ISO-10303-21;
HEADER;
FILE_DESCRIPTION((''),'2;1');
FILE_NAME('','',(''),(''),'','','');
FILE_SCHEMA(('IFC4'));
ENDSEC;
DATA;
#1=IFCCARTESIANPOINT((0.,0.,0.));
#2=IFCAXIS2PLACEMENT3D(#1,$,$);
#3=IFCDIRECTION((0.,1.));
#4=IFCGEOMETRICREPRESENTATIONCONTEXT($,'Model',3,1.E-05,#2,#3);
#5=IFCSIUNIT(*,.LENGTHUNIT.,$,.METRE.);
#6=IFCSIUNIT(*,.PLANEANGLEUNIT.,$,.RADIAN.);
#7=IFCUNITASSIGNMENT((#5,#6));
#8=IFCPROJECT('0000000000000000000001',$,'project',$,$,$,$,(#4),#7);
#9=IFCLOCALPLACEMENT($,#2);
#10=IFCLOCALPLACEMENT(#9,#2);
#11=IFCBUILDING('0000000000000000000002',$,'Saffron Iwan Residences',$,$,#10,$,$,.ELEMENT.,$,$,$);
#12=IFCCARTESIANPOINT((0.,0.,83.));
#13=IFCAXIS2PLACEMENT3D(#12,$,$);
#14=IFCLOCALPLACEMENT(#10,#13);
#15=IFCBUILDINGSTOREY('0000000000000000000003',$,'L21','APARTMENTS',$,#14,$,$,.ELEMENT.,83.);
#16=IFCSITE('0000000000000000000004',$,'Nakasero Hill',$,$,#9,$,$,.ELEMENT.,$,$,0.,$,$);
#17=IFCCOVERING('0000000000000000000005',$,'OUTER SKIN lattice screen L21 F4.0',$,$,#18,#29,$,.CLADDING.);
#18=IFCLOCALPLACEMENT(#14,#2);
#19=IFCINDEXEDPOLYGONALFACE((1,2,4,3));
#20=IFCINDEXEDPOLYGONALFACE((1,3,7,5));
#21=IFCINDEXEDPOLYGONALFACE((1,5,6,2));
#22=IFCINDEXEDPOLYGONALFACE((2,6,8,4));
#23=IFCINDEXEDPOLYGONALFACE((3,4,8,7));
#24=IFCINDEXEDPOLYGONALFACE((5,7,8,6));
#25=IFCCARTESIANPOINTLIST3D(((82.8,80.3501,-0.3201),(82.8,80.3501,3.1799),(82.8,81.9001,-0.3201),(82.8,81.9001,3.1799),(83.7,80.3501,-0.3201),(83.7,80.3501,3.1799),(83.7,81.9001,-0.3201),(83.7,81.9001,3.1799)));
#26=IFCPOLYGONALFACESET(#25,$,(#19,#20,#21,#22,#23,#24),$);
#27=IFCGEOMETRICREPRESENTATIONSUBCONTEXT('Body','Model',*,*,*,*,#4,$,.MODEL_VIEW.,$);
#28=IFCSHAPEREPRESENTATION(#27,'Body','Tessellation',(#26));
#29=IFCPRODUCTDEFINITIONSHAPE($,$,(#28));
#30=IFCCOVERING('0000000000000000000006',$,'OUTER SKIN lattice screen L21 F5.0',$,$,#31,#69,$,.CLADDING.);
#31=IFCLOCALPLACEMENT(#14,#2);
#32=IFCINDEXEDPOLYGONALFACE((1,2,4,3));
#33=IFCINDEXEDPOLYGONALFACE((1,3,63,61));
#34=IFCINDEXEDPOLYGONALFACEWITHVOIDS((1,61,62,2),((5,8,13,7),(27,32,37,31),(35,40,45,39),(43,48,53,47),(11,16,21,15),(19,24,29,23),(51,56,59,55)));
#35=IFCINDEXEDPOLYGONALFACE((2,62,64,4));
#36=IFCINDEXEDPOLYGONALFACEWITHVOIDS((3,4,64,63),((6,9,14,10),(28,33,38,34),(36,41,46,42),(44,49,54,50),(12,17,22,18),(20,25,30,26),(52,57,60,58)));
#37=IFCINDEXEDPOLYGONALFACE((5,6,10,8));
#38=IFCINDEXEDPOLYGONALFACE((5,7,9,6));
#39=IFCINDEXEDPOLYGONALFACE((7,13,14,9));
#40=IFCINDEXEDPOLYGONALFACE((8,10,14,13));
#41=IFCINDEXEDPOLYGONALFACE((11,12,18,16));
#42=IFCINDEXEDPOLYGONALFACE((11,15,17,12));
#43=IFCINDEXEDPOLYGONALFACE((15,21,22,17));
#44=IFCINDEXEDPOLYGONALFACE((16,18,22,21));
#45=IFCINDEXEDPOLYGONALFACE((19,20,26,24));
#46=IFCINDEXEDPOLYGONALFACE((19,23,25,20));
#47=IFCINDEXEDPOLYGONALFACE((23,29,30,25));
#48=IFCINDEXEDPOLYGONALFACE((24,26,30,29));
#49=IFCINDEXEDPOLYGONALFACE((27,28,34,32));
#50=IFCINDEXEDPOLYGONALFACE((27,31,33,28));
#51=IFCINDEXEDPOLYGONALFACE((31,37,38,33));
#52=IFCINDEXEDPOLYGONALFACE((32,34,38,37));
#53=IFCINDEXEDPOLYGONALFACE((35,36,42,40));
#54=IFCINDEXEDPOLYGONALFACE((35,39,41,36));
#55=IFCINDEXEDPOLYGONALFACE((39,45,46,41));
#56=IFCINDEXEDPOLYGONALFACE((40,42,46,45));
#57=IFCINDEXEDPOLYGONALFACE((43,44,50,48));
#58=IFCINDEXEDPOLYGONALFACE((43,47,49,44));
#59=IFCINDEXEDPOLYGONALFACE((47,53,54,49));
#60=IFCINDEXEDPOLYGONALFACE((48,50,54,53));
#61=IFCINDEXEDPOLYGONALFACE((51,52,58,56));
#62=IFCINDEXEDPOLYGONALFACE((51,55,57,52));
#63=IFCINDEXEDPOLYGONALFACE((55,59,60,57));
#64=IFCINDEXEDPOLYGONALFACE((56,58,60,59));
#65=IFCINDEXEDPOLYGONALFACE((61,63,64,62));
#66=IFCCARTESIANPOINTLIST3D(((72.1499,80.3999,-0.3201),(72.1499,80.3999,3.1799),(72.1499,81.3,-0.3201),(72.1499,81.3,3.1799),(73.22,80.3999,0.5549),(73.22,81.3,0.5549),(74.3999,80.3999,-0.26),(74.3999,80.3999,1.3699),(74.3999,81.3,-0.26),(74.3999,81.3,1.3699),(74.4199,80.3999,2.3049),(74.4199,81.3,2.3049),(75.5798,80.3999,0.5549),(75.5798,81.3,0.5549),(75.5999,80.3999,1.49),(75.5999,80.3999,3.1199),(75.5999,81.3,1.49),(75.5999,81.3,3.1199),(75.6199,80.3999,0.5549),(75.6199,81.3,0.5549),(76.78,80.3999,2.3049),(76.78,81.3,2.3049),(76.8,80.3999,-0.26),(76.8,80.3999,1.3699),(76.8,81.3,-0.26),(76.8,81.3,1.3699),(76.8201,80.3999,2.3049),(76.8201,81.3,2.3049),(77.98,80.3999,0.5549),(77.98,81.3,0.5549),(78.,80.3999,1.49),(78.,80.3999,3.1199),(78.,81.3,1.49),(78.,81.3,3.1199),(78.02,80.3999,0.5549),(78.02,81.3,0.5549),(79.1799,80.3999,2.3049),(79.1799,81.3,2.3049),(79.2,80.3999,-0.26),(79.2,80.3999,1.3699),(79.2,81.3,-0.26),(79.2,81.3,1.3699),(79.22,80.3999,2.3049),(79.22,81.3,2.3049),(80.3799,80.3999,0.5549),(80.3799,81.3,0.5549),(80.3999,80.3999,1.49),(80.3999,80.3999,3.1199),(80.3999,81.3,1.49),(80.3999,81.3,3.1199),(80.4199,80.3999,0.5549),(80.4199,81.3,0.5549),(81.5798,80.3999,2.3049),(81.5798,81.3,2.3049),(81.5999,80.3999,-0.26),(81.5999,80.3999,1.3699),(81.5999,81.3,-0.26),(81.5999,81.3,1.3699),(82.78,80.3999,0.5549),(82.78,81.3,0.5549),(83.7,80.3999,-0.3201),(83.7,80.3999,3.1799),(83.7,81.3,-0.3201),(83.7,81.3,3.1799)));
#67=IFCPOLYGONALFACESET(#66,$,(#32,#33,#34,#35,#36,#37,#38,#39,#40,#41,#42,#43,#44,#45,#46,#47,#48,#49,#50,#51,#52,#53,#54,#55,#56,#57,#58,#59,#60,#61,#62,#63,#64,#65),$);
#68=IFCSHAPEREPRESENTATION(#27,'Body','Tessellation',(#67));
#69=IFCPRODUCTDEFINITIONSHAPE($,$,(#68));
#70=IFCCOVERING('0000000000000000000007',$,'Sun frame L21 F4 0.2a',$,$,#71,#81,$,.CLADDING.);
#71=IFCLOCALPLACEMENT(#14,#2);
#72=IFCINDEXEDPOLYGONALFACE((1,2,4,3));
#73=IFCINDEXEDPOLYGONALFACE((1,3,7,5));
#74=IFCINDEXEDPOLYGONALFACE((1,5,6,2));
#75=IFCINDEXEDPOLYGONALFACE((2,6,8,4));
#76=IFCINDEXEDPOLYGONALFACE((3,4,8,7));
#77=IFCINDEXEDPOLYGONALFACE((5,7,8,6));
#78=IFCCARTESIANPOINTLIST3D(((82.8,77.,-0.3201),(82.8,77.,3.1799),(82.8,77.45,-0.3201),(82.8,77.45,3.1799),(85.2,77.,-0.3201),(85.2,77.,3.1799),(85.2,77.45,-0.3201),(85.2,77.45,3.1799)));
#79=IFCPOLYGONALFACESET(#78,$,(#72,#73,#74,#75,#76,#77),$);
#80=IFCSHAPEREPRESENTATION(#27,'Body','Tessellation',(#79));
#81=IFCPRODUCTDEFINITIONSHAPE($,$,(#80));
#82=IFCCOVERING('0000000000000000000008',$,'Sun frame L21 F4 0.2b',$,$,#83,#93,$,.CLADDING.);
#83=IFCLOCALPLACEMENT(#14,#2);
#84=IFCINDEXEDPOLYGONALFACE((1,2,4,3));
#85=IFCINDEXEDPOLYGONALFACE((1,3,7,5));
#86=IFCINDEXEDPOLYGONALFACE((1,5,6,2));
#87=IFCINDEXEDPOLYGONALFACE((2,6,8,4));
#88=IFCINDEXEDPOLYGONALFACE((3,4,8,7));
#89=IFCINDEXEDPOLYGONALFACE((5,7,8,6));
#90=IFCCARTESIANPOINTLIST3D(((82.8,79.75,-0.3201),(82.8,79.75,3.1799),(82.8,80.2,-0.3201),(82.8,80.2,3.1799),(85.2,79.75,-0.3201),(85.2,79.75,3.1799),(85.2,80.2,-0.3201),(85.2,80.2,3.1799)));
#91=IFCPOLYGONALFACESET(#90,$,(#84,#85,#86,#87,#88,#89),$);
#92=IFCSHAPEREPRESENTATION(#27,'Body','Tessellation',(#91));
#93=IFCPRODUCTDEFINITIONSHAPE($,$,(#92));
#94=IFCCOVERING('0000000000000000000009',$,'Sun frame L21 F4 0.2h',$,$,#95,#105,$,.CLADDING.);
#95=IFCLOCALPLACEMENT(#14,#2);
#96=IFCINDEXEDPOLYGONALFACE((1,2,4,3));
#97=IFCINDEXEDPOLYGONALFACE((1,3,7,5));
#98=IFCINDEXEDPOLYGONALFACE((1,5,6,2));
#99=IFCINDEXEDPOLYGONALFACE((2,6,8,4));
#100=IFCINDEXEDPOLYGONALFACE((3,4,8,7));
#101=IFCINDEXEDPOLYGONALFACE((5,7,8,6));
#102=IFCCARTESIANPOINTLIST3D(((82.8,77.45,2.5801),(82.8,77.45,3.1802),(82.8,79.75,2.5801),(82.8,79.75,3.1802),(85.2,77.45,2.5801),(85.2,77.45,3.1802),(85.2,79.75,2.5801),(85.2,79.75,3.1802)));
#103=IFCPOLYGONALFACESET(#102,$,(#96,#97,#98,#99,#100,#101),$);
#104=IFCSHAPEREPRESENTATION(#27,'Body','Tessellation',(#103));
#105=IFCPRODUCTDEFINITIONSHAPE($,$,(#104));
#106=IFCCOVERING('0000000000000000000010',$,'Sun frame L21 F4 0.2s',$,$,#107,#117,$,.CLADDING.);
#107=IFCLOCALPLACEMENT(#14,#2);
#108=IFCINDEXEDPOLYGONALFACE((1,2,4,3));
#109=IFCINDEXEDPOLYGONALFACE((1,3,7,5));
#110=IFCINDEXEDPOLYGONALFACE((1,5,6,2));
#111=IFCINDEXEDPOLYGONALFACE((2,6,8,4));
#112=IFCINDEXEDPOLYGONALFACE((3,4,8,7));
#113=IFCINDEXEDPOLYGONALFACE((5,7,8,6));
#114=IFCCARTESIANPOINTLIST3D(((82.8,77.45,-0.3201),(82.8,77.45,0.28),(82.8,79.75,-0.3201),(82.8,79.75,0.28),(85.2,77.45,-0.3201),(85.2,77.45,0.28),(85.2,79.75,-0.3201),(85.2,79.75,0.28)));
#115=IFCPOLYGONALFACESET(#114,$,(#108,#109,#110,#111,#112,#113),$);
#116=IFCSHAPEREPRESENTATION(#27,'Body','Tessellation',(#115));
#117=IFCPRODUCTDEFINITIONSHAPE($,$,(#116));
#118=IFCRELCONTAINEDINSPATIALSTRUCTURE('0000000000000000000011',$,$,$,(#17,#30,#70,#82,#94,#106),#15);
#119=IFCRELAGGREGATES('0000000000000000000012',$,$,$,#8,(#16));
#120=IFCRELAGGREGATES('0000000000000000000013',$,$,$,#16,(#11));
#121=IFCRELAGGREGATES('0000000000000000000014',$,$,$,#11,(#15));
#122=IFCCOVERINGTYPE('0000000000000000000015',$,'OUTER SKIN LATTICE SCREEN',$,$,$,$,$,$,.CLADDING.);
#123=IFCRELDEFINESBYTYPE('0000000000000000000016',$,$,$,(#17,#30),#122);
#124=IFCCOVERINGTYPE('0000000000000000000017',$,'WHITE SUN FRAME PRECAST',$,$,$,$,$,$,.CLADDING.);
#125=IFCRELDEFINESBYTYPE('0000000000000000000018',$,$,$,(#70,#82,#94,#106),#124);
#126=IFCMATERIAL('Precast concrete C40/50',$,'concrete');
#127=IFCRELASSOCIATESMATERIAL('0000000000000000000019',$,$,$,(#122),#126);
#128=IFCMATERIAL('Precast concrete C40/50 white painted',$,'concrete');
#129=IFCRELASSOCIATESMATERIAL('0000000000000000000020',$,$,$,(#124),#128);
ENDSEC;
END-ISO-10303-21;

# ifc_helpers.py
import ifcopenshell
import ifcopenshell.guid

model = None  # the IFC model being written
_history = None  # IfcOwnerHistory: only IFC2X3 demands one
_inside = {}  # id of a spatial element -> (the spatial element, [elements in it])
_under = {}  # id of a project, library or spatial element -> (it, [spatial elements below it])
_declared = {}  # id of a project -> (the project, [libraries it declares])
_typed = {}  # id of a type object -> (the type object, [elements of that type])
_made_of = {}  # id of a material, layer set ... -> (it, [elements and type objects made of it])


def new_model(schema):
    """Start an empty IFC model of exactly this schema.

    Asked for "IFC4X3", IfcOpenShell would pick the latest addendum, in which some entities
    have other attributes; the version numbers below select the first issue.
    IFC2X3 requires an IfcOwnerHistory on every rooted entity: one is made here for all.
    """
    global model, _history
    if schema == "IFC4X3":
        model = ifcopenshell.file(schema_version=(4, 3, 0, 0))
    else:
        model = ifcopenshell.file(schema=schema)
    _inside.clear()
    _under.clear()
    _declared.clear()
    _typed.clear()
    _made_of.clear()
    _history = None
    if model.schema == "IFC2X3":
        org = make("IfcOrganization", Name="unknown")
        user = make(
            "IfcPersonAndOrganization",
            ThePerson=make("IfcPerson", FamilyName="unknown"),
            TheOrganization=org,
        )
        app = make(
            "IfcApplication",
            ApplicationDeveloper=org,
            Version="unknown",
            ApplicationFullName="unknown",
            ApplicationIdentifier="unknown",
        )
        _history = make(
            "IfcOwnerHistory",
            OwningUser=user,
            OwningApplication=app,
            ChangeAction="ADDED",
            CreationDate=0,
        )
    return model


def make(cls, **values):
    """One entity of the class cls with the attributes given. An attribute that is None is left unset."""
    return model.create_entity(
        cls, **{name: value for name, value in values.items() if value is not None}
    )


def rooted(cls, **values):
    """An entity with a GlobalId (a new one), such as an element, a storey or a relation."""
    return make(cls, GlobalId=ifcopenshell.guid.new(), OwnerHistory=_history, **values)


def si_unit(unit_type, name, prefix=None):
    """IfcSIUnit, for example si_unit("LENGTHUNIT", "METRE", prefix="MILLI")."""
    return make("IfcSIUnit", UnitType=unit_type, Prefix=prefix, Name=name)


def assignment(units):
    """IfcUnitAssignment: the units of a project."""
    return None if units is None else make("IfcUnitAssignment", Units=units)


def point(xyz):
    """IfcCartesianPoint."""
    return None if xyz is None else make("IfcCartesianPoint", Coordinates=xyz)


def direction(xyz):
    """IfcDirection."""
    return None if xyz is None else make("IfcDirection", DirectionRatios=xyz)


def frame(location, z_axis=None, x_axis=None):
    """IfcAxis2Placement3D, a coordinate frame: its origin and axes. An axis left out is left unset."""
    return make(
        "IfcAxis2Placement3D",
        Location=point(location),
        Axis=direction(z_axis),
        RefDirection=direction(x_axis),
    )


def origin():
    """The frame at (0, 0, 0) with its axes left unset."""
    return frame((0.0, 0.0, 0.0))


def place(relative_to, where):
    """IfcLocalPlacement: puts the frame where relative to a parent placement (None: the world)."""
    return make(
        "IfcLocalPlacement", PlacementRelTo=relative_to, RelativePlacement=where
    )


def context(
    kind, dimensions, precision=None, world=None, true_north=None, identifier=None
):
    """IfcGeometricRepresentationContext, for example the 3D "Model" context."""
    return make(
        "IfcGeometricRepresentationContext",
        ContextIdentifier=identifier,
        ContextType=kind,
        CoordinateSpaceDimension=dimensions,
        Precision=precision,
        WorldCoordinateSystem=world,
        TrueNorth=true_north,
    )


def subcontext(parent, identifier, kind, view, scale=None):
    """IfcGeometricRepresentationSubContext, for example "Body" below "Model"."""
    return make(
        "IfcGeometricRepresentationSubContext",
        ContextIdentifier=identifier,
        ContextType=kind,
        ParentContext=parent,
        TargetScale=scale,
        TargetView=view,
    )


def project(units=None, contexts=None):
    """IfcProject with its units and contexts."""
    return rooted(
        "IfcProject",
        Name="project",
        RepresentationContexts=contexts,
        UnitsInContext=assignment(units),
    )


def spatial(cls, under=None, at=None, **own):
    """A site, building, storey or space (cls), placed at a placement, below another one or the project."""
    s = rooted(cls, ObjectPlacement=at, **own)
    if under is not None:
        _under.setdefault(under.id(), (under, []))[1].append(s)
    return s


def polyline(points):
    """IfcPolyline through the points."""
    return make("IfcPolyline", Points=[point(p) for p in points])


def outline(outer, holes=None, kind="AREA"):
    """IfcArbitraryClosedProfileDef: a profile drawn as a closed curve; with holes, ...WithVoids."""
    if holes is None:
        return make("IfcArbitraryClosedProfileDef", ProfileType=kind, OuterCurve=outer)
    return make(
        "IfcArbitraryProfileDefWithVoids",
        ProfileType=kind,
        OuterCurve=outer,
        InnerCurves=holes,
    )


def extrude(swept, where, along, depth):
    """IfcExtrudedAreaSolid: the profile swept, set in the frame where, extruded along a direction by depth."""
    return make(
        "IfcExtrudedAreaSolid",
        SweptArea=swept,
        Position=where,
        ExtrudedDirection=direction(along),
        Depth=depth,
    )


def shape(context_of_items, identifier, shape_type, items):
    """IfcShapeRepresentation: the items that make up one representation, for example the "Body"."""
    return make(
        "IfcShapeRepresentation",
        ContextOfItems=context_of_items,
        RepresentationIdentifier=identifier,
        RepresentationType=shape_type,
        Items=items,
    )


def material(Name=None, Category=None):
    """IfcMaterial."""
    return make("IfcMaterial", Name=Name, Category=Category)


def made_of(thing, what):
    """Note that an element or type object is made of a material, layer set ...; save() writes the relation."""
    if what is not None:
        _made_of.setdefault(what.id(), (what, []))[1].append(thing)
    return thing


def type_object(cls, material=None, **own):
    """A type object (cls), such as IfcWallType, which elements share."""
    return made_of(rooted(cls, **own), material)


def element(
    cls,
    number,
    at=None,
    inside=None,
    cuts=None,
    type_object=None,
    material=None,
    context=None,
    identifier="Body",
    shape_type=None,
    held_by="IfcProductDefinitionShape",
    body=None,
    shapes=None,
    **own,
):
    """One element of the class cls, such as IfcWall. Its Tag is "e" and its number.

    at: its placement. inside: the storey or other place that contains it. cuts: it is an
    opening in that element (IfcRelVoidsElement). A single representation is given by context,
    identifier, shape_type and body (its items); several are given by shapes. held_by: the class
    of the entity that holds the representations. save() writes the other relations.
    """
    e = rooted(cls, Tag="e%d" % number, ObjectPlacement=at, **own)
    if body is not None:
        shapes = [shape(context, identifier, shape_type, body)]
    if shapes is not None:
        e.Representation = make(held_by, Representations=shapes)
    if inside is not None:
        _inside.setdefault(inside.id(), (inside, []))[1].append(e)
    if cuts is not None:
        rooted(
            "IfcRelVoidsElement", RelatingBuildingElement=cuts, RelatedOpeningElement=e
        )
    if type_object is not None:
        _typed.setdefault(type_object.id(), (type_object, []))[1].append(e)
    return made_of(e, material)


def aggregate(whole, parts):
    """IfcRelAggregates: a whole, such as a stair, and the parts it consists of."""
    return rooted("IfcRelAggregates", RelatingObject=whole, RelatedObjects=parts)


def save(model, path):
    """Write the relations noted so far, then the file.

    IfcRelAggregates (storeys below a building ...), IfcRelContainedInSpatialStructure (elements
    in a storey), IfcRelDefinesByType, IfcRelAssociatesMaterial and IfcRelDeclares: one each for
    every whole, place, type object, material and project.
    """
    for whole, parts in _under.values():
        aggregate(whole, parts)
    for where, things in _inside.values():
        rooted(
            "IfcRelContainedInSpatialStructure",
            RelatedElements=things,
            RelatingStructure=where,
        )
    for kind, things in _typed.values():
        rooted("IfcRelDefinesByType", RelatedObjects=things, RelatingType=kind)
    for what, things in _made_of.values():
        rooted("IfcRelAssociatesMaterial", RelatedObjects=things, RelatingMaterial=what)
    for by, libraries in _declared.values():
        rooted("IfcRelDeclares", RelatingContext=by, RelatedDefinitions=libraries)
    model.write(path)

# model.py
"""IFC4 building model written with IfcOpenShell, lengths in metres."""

from ifc_helpers import new_model, si_unit, direction, frame, origin, place, context, subcontext, project, spatial, polyline, outline, extrude, material, type_object, element, save


model = new_model("IFC4")

# Units and contexts
model_context = context("Model", 3, precision=1e-05, world=origin(), true_north=direction((0.0, 1.0)))
body_context = subcontext(model_context, "Body", "Model", "MODEL_VIEW")
ifc_project = project(units=[si_unit("LENGTHUNIT", "METRE"), si_unit("PLANEANGLEUNIT", "RADIAN")], contexts=[model_context])

# Site, building, storey
site_placement = place(None, origin())
site = spatial("IfcSite", under=ifc_project, at=site_placement, Name="Nakasero Hill", CompositionType="ELEMENT", RefElevation=0.0)
building_placement = place(site_placement, origin())
building = spatial("IfcBuilding", under=site, at=building_placement, Name="Saffron Iwan Residences", CompositionType="ELEMENT")
storey_placement = place(building_placement, frame((0.0, 0.0, 83.0)))
storey = spatial("IfcBuildingStorey", under=building, at=storey_placement, Name="L21", Description="APARTMENTS", CompositionType="ELEMENT", Elevation=83.0)

# Coverings
ifc_material_1 = material(Name="Precast concrete C40/50", Category="concrete")
covering_type_1 = type_object("IfcCoveringType", Name="OUTER SKIN LATTICE SCREEN", PredefinedType="CLADDING", material=ifc_material_1)
covering_1_placement = place(storey_placement, frame((82.8, 80.3501, -0.3201), z_axis=(1.0, 0.0, 0.0), x_axis=(0.0, 1.0, 0.0)))
element("IfcCovering", 1, at=covering_1_placement, inside=storey, type_object=covering_type_1, Name="OUTER SKIN lattice screen L21 F4.0", PredefinedType="CLADDING", context=body_context, shape_type="SweptSolid", body=[
    extrude(outline(polyline([(0.0, 0.0), (1.55, 0.0), (1.55, 3.5), (0.0, 3.5), (0.0, 0.0)])), origin(), (0.0, 0.0, 1.0), 0.8999),
])
covering_2_placement = place(storey_placement, frame((83.7, 80.3999, -0.3201), z_axis=(0.0, 1.0, 0.0), x_axis=(-1.0, 0.0, 0.0)))
element("IfcCovering", 2, at=covering_2_placement, inside=storey, type_object=covering_type_1, Name="OUTER SKIN lattice screen L21 F5.0", PredefinedType="CLADDING", context=body_context, shape_type="SweptSolid", body=[
    extrude(outline(polyline([(0.0, 0.0), (11.55, 0.0), (11.55, 3.5), (0.0, 3.5), (0.0, 0.0)]), holes=[polyline([(0.9199, 0.875), (2.1001, 0.0601), (3.28, 0.875), (2.1001, 1.6899), (0.9199, 0.875)]), polyline([(3.3201, 0.875), (4.5, 0.0601), (5.6799, 0.875), (4.5, 1.6899), (3.3201, 0.875)]), polyline([(5.72, 0.875), (6.8999, 0.0601), (8.0801, 0.875), (6.8999, 1.6899), (5.72, 0.875)]), polyline([(8.1201, 0.875), (9.3, 0.0601), (10.48, 0.875), (9.3, 1.6899), (8.1201, 0.875)]), polyline([(2.1201, 2.625), (3.3, 1.8101), (4.48, 2.625), (3.3, 3.4399), (2.1201, 2.625)]), polyline([(4.52, 2.625), (5.7, 1.8101), (6.8799, 2.625), (5.7, 3.4399), (4.52, 2.625)]), polyline([(6.9199, 2.625), (8.1001, 1.8101), (9.28, 2.625), (8.1001, 3.4399), (6.9199, 2.625)])]), origin(), (0.0, 0.0, 1.0), 0.9001),
])
ifc_material_2 = material(Name="Precast concrete C40/50 white painted", Category="concrete")
covering_type_2 = type_object("IfcCoveringType", Name="WHITE SUN FRAME PRECAST", PredefinedType="CLADDING", material=ifc_material_2)
for number, where, z_axis, x_axis, name in (
    (3, (82.8, 77.0, -0.3201), (1.0, 0.0, 0.0), (0.0, 1.0, 0.0), "Sun frame L21 F4 0.2a"),
    (4, (82.8, 79.75, -0.3201), (1.0, 0.0, 0.0), (0.0, 1.0, 0.0), "Sun frame L21 F4 0.2b"),
):
    element("IfcCovering", number, at=place(storey_placement, frame(where, z_axis=z_axis, x_axis=x_axis)), inside=storey, type_object=covering_type_2, Name=name, PredefinedType="CLADDING", context=body_context, shape_type="SweptSolid", body=[
        extrude(outline(polyline([(0.0, 0.0), (0.45, 0.0), (0.45, 3.5), (0.0, 3.5), (0.0, 0.0)])), origin(), (0.0, 0.0, 1.0), 2.3999),
    ])
for number, where, z_axis, x_axis, name in (
    (5, (82.8, 77.45, 2.5801), (1.0, 0.0, 0.0), (0.0, 1.0, 0.0), "Sun frame L21 F4 0.2h"),
    (6, (82.8, 77.45, -0.3201), (1.0, 0.0, 0.0), (0.0, 1.0, 0.0), "Sun frame L21 F4 0.2s"),
):
    element("IfcCovering", number, at=place(storey_placement, frame(where, z_axis=z_axis, x_axis=x_axis)), inside=storey, type_object=covering_type_2, Name=name, PredefinedType="CLADDING", context=body_context, shape_type="SweptSolid", body=[
        extrude(outline(polyline([(0.0, 0.0), (2.3, 0.0), (2.3, 0.6001), (0.0, 0.6001), (0.0, 0.0)])), origin(), (0.0, 0.0, 1.0), 2.3999),
    ])

save(model, "model.ifc")
